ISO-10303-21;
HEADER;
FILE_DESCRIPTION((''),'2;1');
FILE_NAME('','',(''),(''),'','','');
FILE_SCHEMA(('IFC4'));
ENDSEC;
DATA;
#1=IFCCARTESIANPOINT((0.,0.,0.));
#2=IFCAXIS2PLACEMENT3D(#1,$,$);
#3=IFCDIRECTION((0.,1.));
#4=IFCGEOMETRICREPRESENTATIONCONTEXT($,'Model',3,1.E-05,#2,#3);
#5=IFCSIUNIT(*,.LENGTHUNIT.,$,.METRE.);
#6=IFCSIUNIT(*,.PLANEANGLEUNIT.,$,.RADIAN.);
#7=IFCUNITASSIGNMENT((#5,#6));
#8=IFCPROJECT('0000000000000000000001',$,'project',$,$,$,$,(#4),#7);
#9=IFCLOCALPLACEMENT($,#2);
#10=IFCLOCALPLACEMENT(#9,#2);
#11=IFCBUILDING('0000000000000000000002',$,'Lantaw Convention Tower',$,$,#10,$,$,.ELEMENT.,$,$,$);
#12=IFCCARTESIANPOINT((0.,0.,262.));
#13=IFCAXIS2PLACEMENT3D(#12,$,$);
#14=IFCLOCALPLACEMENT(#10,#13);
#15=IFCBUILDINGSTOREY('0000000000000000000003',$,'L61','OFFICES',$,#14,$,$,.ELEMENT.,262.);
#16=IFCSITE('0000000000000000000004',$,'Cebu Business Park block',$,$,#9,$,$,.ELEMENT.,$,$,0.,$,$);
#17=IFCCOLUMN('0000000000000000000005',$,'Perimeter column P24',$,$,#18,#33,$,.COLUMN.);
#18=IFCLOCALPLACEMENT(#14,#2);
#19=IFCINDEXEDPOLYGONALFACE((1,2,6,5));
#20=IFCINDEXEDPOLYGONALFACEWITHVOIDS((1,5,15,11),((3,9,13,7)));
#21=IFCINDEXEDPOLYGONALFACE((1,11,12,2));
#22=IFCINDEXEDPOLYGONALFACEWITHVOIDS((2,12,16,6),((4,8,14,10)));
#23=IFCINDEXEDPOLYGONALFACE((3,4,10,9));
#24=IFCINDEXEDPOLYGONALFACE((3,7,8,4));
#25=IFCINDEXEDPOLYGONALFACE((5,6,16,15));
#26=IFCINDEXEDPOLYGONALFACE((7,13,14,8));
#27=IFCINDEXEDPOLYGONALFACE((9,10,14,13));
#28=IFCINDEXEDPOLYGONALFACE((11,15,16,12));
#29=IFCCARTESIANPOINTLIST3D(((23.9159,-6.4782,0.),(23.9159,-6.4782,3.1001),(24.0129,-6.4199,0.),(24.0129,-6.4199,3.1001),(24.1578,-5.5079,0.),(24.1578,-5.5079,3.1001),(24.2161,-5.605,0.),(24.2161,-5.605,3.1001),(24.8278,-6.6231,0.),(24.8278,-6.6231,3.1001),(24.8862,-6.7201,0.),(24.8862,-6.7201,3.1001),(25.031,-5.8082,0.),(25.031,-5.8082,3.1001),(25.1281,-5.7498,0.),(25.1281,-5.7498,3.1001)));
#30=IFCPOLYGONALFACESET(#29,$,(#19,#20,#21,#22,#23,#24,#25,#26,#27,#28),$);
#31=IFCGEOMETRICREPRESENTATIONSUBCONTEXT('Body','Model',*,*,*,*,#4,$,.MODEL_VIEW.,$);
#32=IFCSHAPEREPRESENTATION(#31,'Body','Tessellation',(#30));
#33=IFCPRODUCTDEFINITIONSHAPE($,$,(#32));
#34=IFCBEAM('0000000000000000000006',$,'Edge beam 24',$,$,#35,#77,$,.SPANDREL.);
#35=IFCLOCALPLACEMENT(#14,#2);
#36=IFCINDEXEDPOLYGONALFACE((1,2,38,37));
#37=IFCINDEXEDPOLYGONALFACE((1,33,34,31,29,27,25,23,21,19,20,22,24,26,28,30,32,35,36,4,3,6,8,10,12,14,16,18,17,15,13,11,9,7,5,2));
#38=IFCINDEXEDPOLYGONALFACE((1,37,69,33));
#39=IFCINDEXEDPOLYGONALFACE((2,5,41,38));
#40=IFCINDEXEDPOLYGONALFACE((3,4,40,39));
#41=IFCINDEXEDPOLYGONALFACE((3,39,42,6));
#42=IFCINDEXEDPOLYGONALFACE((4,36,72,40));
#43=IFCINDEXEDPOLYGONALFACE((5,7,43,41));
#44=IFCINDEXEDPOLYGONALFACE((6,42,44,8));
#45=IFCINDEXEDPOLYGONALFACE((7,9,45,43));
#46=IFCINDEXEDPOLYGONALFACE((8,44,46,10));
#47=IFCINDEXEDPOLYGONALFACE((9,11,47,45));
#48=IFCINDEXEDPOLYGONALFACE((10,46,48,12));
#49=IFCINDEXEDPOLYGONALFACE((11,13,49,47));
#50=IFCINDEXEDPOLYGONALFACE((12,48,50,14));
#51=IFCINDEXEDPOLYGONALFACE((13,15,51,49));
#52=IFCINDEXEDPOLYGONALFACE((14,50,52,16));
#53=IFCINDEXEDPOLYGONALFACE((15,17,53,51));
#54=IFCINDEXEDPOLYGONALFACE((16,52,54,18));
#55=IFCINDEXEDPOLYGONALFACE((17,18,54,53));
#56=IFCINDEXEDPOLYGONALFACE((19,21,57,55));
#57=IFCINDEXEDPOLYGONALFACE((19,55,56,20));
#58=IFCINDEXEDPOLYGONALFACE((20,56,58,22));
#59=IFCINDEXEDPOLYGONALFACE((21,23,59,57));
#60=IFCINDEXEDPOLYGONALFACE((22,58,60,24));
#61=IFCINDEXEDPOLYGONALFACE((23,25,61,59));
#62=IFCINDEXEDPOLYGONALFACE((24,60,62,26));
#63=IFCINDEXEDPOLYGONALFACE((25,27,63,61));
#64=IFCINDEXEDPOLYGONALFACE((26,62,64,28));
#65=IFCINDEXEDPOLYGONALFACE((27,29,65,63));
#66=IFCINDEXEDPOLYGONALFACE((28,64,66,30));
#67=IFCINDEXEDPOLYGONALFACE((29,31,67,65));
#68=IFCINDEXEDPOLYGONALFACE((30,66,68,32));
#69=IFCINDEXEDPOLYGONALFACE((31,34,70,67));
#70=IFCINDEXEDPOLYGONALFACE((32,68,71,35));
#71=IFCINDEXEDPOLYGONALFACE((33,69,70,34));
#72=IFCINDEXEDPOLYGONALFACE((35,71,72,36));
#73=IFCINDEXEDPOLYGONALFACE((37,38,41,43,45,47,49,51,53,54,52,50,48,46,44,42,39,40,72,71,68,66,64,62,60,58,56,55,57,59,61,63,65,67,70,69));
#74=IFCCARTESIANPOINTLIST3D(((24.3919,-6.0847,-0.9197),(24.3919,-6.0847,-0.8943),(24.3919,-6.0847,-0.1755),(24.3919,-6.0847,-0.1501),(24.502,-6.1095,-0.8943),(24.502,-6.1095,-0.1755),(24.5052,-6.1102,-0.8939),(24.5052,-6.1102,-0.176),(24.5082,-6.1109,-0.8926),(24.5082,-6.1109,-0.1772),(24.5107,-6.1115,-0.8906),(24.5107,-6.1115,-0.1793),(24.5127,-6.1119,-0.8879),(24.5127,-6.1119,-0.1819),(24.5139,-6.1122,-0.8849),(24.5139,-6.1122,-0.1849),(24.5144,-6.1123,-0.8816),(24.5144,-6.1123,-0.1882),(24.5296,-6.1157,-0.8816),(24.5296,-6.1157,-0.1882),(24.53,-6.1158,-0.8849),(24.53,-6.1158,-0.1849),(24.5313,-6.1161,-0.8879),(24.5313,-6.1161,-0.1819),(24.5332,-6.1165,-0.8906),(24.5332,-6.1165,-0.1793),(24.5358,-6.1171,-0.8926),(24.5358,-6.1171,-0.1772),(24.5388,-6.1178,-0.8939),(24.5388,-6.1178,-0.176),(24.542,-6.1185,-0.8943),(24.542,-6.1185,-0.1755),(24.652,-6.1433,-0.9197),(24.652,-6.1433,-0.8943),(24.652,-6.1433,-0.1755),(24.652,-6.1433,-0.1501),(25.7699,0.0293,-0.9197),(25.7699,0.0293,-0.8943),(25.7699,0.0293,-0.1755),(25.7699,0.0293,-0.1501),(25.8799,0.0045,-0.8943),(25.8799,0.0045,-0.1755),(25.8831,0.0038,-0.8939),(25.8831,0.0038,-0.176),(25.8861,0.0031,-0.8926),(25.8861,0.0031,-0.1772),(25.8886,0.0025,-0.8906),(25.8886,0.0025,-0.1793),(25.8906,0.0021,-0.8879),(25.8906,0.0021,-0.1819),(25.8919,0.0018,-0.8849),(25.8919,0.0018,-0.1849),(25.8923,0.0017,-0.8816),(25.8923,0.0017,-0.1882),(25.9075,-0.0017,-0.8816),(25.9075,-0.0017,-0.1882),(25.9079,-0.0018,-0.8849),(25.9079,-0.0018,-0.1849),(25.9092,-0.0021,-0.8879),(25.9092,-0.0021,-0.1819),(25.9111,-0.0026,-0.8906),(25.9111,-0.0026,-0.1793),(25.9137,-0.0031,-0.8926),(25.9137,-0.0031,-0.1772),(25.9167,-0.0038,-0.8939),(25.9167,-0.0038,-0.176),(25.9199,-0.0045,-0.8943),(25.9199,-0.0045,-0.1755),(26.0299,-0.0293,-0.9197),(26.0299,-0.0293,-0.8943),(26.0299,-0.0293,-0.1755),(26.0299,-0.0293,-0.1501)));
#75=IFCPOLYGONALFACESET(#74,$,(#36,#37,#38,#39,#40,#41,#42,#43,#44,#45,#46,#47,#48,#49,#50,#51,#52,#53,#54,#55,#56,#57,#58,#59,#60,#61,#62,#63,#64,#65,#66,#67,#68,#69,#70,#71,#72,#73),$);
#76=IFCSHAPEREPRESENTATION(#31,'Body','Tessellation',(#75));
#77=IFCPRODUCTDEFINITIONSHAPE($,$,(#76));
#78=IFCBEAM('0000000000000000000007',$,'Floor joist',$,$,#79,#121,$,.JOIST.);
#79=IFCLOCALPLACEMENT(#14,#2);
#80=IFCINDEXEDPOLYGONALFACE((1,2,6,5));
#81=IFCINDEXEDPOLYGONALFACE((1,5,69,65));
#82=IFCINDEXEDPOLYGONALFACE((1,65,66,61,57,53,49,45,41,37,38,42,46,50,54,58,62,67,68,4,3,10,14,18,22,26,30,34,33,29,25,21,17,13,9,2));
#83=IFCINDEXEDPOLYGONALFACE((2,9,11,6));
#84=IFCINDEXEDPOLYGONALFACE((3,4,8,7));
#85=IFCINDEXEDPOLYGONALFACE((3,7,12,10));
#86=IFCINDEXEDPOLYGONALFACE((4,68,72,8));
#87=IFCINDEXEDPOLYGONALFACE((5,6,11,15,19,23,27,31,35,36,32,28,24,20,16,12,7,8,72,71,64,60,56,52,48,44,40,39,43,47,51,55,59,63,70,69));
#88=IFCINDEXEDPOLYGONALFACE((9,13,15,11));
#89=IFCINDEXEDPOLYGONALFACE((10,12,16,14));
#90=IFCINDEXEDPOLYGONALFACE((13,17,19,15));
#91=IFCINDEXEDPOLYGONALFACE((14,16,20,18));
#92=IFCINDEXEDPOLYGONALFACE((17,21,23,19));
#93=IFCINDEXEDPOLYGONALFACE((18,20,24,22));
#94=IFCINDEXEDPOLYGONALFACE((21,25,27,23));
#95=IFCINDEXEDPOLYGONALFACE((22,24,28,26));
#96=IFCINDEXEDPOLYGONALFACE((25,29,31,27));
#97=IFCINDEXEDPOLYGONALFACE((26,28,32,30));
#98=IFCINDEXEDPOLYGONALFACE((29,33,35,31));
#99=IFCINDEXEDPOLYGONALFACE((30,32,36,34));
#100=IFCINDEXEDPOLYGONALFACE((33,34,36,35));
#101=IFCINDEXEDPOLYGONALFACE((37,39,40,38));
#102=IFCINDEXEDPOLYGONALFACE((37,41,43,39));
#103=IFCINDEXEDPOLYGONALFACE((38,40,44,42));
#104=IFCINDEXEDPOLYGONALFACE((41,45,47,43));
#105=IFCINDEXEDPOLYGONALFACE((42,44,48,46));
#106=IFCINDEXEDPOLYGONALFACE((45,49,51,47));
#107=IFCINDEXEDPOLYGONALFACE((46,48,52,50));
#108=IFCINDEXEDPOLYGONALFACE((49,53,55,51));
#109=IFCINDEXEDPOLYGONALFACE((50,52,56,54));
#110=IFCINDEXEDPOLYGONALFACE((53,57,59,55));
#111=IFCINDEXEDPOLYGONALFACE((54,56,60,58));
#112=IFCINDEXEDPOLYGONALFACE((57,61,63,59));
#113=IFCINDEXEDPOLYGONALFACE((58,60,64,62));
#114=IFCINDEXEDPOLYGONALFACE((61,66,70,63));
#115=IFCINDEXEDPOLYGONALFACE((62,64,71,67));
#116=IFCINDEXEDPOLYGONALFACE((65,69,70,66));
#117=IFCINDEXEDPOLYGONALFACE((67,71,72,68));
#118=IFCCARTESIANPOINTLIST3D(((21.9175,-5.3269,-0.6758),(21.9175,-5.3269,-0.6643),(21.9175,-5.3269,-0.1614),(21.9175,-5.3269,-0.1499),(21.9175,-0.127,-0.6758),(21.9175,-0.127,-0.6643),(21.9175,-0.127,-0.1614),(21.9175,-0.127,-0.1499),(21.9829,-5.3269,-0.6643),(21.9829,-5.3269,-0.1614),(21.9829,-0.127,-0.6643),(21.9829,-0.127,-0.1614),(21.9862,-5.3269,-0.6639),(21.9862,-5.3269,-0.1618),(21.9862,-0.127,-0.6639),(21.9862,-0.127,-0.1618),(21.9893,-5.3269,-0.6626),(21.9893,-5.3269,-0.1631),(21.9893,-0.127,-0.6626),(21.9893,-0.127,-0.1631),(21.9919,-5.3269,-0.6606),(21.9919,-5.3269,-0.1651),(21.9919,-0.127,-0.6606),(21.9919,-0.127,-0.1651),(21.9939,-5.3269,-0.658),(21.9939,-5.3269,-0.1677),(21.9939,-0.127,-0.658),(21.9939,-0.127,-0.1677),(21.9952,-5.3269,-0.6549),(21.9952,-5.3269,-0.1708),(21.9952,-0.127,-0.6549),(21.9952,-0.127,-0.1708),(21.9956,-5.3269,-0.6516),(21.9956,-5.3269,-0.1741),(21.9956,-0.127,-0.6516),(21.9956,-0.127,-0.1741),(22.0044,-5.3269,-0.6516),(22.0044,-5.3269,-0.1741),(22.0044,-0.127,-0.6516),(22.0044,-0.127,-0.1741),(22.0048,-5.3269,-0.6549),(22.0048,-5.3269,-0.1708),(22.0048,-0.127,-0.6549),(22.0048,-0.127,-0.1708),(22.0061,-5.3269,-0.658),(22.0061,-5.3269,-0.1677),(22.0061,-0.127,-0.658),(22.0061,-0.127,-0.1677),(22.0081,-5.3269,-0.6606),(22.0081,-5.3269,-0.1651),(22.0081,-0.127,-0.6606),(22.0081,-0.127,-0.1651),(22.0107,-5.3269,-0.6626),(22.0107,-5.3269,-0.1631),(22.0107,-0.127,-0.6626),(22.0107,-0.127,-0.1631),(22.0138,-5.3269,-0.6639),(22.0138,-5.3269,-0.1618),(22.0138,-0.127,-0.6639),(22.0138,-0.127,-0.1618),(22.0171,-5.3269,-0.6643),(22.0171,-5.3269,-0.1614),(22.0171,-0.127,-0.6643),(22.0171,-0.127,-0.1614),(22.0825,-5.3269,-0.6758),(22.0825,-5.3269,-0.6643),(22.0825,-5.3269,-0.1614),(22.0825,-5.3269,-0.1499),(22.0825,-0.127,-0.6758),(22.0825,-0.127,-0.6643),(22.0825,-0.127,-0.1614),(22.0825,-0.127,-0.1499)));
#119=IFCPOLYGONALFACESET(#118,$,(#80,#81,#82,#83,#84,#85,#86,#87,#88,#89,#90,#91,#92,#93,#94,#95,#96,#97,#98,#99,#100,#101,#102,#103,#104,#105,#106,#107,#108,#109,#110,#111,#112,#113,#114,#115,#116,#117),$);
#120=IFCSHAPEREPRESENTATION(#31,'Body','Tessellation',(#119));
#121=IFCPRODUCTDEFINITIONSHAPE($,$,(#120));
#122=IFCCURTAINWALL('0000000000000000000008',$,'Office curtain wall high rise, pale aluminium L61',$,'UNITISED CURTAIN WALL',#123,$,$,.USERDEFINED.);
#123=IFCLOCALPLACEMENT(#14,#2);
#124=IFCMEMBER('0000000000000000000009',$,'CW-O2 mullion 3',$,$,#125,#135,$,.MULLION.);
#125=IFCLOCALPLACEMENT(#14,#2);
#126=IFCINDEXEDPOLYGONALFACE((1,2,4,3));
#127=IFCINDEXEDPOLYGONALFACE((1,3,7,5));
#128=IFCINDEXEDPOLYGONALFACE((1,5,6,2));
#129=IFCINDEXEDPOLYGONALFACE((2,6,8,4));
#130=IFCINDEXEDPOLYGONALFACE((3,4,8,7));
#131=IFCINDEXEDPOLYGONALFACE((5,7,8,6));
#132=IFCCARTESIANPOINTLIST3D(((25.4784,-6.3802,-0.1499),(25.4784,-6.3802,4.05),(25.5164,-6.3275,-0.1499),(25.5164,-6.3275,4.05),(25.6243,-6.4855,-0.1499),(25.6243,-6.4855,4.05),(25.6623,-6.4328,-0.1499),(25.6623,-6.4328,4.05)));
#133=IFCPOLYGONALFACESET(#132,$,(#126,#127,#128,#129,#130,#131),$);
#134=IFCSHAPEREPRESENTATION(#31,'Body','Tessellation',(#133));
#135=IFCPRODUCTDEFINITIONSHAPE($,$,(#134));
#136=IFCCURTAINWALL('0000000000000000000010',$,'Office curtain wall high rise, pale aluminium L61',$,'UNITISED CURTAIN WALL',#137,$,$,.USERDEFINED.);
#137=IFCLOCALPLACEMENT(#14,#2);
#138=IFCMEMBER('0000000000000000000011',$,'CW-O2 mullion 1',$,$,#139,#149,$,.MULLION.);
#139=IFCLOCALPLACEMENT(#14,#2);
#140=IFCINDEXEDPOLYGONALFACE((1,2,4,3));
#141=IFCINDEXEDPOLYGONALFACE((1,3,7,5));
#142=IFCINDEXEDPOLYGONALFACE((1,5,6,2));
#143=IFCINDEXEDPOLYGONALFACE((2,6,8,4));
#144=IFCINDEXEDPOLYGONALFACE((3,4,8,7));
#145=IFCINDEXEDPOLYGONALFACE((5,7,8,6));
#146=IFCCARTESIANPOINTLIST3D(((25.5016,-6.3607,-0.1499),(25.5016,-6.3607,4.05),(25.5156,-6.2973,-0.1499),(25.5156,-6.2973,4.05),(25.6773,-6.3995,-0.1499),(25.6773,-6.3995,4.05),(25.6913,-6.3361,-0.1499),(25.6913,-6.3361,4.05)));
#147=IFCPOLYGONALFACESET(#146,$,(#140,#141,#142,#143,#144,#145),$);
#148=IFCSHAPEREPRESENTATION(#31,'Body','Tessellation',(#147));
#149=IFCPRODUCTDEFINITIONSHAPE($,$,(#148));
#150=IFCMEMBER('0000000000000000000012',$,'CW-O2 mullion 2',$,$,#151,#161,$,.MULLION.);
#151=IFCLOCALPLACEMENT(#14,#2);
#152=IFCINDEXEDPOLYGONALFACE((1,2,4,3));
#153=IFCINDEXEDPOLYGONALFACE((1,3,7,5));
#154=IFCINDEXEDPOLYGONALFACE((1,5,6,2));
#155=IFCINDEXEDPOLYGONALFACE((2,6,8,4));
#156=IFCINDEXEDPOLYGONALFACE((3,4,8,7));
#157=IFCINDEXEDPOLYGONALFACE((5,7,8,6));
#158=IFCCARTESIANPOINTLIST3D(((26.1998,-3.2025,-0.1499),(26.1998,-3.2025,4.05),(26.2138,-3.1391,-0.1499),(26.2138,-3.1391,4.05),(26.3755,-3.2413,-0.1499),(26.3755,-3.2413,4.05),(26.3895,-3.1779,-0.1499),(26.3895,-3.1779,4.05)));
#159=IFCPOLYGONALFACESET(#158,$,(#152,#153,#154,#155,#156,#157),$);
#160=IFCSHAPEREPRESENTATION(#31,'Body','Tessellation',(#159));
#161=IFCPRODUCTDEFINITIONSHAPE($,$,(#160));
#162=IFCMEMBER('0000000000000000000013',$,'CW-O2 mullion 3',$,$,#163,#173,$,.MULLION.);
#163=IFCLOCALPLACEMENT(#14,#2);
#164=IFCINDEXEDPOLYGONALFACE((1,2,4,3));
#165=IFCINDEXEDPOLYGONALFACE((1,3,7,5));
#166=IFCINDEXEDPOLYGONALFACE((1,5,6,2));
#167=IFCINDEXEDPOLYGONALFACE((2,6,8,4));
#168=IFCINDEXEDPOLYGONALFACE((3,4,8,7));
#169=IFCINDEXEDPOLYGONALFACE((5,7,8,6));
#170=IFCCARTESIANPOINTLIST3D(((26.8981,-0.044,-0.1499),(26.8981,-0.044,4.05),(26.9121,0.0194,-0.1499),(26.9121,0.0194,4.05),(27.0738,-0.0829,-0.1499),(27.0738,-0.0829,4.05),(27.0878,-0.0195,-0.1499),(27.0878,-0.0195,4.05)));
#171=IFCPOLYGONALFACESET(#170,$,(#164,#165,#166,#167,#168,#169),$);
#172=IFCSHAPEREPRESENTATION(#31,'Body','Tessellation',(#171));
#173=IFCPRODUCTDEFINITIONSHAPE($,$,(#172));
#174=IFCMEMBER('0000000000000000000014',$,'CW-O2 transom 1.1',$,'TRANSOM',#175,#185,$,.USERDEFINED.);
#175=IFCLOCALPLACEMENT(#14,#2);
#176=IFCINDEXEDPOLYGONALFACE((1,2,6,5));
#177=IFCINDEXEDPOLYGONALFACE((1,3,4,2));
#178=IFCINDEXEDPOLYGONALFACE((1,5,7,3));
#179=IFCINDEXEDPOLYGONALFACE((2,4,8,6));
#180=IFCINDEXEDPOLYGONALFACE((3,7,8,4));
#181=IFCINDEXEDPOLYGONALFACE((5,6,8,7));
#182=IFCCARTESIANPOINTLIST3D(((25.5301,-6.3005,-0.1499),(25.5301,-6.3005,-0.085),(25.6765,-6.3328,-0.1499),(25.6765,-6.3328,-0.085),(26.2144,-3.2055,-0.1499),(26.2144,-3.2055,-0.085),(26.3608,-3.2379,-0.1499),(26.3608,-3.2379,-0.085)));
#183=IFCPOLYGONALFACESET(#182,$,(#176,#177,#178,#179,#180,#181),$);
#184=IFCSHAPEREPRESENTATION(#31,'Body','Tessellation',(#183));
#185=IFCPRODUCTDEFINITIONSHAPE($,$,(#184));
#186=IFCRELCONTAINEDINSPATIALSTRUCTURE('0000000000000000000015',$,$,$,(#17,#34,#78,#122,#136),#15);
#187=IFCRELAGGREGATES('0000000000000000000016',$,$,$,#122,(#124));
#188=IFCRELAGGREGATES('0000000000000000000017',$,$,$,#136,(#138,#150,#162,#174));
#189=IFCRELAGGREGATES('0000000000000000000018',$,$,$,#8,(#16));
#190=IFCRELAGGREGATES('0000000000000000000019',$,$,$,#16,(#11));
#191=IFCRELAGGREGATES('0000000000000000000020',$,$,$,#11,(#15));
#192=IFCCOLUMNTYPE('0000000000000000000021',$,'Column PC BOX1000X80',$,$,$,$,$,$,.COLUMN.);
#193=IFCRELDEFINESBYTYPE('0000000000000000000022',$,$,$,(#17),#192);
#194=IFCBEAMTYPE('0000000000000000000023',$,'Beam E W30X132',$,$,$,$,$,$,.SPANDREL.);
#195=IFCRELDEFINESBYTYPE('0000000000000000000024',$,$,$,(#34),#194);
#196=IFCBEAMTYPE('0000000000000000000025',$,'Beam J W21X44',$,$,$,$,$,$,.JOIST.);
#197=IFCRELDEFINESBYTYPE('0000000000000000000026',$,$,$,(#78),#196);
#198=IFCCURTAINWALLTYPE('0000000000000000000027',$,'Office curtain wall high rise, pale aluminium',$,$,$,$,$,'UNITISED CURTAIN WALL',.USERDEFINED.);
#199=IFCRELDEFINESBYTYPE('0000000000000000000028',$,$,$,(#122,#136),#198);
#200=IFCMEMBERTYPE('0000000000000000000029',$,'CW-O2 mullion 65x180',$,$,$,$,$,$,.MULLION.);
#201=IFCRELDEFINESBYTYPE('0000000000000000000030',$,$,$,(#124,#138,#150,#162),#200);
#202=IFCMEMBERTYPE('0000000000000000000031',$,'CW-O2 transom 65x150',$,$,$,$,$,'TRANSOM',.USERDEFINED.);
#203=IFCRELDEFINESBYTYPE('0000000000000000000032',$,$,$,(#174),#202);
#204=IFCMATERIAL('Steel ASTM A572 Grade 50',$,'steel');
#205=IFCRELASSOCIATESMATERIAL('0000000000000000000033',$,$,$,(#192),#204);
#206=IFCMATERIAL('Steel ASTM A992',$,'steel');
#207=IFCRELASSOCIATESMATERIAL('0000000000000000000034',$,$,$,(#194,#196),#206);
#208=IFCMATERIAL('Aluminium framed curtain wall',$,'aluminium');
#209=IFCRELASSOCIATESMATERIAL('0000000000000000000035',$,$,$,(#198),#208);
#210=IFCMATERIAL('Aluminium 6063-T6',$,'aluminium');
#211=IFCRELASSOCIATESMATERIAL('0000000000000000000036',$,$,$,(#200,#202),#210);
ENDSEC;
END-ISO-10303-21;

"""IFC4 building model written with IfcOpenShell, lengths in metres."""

from ifc_helpers import new_model, si_unit, direction, frame, origin, origin_2d, place, context, subcontext, project, spatial, rectangle, hollow_rectangle, i_section, extrude, material, material_profile, profile_set, type_object, element, aggregate, save


model = new_model("IFC4")

# Units and contexts
model_context = context("Model", 3, precision=1e-05, world=origin(), true_north=direction((0.0, 1.0)))
body_context = subcontext(model_context, "Body", "Model", "MODEL_VIEW")
ifc_project = project(units=[si_unit("LENGTHUNIT", "METRE"), si_unit("PLANEANGLEUNIT", "RADIAN")], contexts=[model_context])

# Site, building, storey
site_placement = place(None, origin())
site = spatial("IfcSite", under=ifc_project, at=site_placement, Name="Cebu Business Park block", CompositionType="ELEMENT", RefElevation=0.0)
building_placement = place(site_placement, origin())
building = spatial("IfcBuilding", under=site, at=building_placement, Name="Lantaw Convention Tower", CompositionType="ELEMENT")
storey_placement = place(building_placement, frame((0.0, 0.0, 262.0)))
storey = spatial("IfcBuildingStorey", under=building, at=storey_placement, Name="L61", Description="OFFICES", CompositionType="ELEMENT", Elevation=262.0)

# Column
ifc_material_1 = material(Name="Steel ASTM A572 Grade 50", Category="steel")
ifc_material_profile_1 = material_profile(ifc_material_1, hollow_rectangle(XDim=1.0, YDim=1.0, WallThickness=0.0801, at=origin_2d()), Name="BOX1000X80")
ifc_material_2 = material(Name="Concrete C60/75", Category="concrete")
ifc_material_profile_2 = material_profile(ifc_material_2, rectangle(XDim=0.8401, YDim=0.8401, at=origin_2d()), Name="Concrete fill of BOX1000X80")
ifc_profile_set_1 = profile_set([ifc_material_profile_1, ifc_material_profile_2], Name="Steel ASTM A572 Grade 50")
column_type = type_object("IfcColumnType", Name="Column PC BOX1000X80", PredefinedType="COLUMN", material=ifc_profile_set_1)
column_placement = place(storey_placement, frame((24.522, -6.114, 0.0), z_axis=(0.0, 0.0, 1.0), x_axis=(0.241922, 0.970296, 0.0)))
element("IfcColumn", 1, at=column_placement, inside=storey, type_object=column_type, Name="Perimeter column P24", PredefinedType="COLUMN", context=body_context, shape_type="SweptSolid", body=[
    extrude(hollow_rectangle(XDim=1.0, YDim=1.0, WallThickness=0.0801, at=origin_2d()), origin(), (0.0, 0.0, 1.0), 3.1001),
])

# Beams
ifc_material_3 = material(Name="Steel ASTM A992", Category="steel")
ifc_material_profile_3 = material_profile(ifc_material_3, i_section(OverallWidth=0.2666, OverallDepth=0.7695, WebThickness=0.0156, FlangeThickness=0.0254, FilletRadius=0.0127, at=origin_2d()), Name="W30X132")
ifc_profile_set_2 = profile_set([ifc_material_profile_3], Name="Steel ASTM A992")
beam_type_1 = type_object("IfcBeamType", Name="Beam E W30X132", PredefinedType="SPANDREL", material=ifc_profile_set_2)
beam_1_placement = place(storey_placement, frame((24.522, -6.114, -0.5349), z_axis=(0.219858, 0.975532, 0.0), x_axis=(-0.975532, 0.219858, 0.0)))
element("IfcBeam", 2, at=beam_1_placement, inside=storey, type_object=beam_type_1, Name="Edge beam 24", PredefinedType="SPANDREL", context=body_context, shape_type="SweptSolid", body=[
    extrude(i_section(OverallWidth=0.2666, OverallDepth=0.7695, WebThickness=0.0156, FlangeThickness=0.0254, FilletRadius=0.0127, at=origin_2d()), origin(), (0.0, 0.0, 1.0), 6.2673),
])
ifc_material_profile_4 = material_profile(ifc_material_3, i_section(OverallWidth=0.165, OverallDepth=0.5259, WebThickness=0.0088, FlangeThickness=0.0115, FilletRadius=0.0127, at=origin_2d()), Name="W21X44")
ifc_profile_set_3 = profile_set([ifc_material_profile_4], Name="Steel ASTM A992")
beam_type_2 = type_object("IfcBeamType", Name="Beam J W21X44", PredefinedType="JOIST", material=ifc_profile_set_3)
beam_2_placement = place(storey_placement, frame((22.0, -5.3269, -0.4128), z_axis=(0.0, 1.0, 0.0), x_axis=(-1.0, 0.0, 0.0)))
element("IfcBeam", 3, at=beam_2_placement, inside=storey, type_object=beam_type_2, Name="Floor joist", PredefinedType="JOIST", context=body_context, shape_type="SweptSolid", body=[
    extrude(i_section(OverallWidth=0.165, OverallDepth=0.5259, WebThickness=0.0088, FlangeThickness=0.0115, FilletRadius=0.0127, at=origin_2d()), origin(), (0.0, 0.0, 1.0), 5.2),
])

# Curtain wall, member
ifc_material_4 = material(Name="Aluminium framed curtain wall", Category="aluminium")
curtain_wall_type = type_object("IfcCurtainWallType", Name="Office curtain wall high rise, pale aluminium", ElementType="UNITISED CURTAIN WALL", PredefinedType="USERDEFINED", material=ifc_material_4)
curtain_wall_1_placement = place(storey_placement, origin())
curtain_wall_1 = element("IfcCurtainWall", 4, at=curtain_wall_1_placement, inside=storey, type_object=curtain_wall_type, Name="Office curtain wall high rise, pale aluminium L61", ObjectType="UNITISED CURTAIN WALL", PredefinedType="USERDEFINED")
ifc_material_5 = material(Name="Aluminium 6063-T6", Category="aluminium")
ifc_material_profile_5 = material_profile(ifc_material_5, rectangle(XDim=0.1799, YDim=0.0649, at=origin_2d()), Name="CW-O2 mullion 65x180")
ifc_profile_set_4 = profile_set([ifc_material_profile_5], Name="Aluminium 6063-T6")
member_type_1 = type_object("IfcMemberType", Name="CW-O2 mullion 65x180", PredefinedType="MULLION", material=ifc_profile_set_4)
member_1_placement = place(storey_placement, frame((25.5703, -6.4065, -0.1499), z_axis=(0.0, 0.0, 1.0), x_axis=(-0.81092, 0.585158, 0.0)))
member_1 = element("IfcMember", 5, at=member_1_placement, type_object=member_type_1, Name="CW-O2 mullion 3", PredefinedType="MULLION", context=body_context, shape_type="SweptSolid", body=[
    extrude(rectangle(XDim=0.1799, YDim=0.0649, at=origin_2d()), origin(), (0.0, 0.0, 1.0), 4.2),
])

# Curtain wall, members
curtain_wall_2_placement = place(storey_placement, origin())
curtain_wall_2 = element("IfcCurtainWall", 6, at=curtain_wall_2_placement, inside=storey, type_object=curtain_wall_type, Name="Office curtain wall high rise, pale aluminium L61", ObjectType="UNITISED CURTAIN WALL", PredefinedType="USERDEFINED")
member_2_placement = place(storey_placement, frame((25.5964, -6.3484, -0.1499), z_axis=(0.0, 0.0, 1.0), x_axis=(-0.976417, 0.215891, 0.0)))
member_2 = element("IfcMember", 7, at=member_2_placement, type_object=member_type_1, Name="CW-O2 mullion 1", PredefinedType="MULLION", context=body_context, shape_type="SweptSolid", body=[
    extrude(rectangle(XDim=0.1799, YDim=0.0649, at=origin_2d()), origin(), (0.0, 0.0, 1.0), 4.2),
])
member_3_placement = place(storey_placement, frame((26.2947, -3.1902, -0.1499), z_axis=(0.0, 0.0, 1.0), x_axis=(-0.976417, 0.215891, 0.0)))
member_3 = element("IfcMember", 8, at=member_3_placement, type_object=member_type_1, Name="CW-O2 mullion 2", PredefinedType="MULLION", context=body_context, shape_type="SweptSolid", body=[
    extrude(rectangle(XDim=0.1799, YDim=0.0649, at=origin_2d()), origin(), (0.0, 0.0, 1.0), 4.2),
])
member_4_placement = place(storey_placement, frame((26.9929, -0.0317, -0.1499), z_axis=(0.0, 0.0, 1.0), x_axis=(-0.976417, 0.215891, 0.0)))
member_4 = element("IfcMember", 9, at=member_4_placement, type_object=member_type_1, Name="CW-O2 mullion 3", PredefinedType="MULLION", context=body_context, shape_type="SweptSolid", body=[
    extrude(rectangle(XDim=0.1799, YDim=0.0649, at=origin_2d()), origin(), (0.0, 0.0, 1.0), 4.2),
])
ifc_material_profile_6 = material_profile(ifc_material_5, rectangle(XDim=0.1499, YDim=0.0649, at=origin_2d()), Name="CW-O2 transom 65x150")
ifc_profile_set_5 = profile_set([ifc_material_profile_6], Name="Aluminium 6063-T6")
member_type_2 = type_object("IfcMemberType", Name="CW-O2 transom 65x150", ElementType="TRANSOM", PredefinedType="USERDEFINED", material=ifc_profile_set_5)
member_5_placement = place(storey_placement, frame((25.6033, -6.3167, -0.1174), z_axis=(0.215895, 0.976417, 0.0), x_axis=(-0.976417, 0.215895, 0.0)))
member_5 = element("IfcMember", 10, at=member_5_placement, type_object=member_type_2, Name="CW-O2 transom 1.1", ObjectType="TRANSOM", PredefinedType="USERDEFINED", context=body_context, shape_type="SweptSolid", body=[
    extrude(rectangle(XDim=0.1499, YDim=0.0649, at=origin_2d()), origin(), (0.0, 0.0, 1.0), 3.1697),
])

aggregate(curtain_wall_1, [member_1])
aggregate(curtain_wall_2, [member_2, member_3, member_4, member_5])

save(model, "model.ifc")
